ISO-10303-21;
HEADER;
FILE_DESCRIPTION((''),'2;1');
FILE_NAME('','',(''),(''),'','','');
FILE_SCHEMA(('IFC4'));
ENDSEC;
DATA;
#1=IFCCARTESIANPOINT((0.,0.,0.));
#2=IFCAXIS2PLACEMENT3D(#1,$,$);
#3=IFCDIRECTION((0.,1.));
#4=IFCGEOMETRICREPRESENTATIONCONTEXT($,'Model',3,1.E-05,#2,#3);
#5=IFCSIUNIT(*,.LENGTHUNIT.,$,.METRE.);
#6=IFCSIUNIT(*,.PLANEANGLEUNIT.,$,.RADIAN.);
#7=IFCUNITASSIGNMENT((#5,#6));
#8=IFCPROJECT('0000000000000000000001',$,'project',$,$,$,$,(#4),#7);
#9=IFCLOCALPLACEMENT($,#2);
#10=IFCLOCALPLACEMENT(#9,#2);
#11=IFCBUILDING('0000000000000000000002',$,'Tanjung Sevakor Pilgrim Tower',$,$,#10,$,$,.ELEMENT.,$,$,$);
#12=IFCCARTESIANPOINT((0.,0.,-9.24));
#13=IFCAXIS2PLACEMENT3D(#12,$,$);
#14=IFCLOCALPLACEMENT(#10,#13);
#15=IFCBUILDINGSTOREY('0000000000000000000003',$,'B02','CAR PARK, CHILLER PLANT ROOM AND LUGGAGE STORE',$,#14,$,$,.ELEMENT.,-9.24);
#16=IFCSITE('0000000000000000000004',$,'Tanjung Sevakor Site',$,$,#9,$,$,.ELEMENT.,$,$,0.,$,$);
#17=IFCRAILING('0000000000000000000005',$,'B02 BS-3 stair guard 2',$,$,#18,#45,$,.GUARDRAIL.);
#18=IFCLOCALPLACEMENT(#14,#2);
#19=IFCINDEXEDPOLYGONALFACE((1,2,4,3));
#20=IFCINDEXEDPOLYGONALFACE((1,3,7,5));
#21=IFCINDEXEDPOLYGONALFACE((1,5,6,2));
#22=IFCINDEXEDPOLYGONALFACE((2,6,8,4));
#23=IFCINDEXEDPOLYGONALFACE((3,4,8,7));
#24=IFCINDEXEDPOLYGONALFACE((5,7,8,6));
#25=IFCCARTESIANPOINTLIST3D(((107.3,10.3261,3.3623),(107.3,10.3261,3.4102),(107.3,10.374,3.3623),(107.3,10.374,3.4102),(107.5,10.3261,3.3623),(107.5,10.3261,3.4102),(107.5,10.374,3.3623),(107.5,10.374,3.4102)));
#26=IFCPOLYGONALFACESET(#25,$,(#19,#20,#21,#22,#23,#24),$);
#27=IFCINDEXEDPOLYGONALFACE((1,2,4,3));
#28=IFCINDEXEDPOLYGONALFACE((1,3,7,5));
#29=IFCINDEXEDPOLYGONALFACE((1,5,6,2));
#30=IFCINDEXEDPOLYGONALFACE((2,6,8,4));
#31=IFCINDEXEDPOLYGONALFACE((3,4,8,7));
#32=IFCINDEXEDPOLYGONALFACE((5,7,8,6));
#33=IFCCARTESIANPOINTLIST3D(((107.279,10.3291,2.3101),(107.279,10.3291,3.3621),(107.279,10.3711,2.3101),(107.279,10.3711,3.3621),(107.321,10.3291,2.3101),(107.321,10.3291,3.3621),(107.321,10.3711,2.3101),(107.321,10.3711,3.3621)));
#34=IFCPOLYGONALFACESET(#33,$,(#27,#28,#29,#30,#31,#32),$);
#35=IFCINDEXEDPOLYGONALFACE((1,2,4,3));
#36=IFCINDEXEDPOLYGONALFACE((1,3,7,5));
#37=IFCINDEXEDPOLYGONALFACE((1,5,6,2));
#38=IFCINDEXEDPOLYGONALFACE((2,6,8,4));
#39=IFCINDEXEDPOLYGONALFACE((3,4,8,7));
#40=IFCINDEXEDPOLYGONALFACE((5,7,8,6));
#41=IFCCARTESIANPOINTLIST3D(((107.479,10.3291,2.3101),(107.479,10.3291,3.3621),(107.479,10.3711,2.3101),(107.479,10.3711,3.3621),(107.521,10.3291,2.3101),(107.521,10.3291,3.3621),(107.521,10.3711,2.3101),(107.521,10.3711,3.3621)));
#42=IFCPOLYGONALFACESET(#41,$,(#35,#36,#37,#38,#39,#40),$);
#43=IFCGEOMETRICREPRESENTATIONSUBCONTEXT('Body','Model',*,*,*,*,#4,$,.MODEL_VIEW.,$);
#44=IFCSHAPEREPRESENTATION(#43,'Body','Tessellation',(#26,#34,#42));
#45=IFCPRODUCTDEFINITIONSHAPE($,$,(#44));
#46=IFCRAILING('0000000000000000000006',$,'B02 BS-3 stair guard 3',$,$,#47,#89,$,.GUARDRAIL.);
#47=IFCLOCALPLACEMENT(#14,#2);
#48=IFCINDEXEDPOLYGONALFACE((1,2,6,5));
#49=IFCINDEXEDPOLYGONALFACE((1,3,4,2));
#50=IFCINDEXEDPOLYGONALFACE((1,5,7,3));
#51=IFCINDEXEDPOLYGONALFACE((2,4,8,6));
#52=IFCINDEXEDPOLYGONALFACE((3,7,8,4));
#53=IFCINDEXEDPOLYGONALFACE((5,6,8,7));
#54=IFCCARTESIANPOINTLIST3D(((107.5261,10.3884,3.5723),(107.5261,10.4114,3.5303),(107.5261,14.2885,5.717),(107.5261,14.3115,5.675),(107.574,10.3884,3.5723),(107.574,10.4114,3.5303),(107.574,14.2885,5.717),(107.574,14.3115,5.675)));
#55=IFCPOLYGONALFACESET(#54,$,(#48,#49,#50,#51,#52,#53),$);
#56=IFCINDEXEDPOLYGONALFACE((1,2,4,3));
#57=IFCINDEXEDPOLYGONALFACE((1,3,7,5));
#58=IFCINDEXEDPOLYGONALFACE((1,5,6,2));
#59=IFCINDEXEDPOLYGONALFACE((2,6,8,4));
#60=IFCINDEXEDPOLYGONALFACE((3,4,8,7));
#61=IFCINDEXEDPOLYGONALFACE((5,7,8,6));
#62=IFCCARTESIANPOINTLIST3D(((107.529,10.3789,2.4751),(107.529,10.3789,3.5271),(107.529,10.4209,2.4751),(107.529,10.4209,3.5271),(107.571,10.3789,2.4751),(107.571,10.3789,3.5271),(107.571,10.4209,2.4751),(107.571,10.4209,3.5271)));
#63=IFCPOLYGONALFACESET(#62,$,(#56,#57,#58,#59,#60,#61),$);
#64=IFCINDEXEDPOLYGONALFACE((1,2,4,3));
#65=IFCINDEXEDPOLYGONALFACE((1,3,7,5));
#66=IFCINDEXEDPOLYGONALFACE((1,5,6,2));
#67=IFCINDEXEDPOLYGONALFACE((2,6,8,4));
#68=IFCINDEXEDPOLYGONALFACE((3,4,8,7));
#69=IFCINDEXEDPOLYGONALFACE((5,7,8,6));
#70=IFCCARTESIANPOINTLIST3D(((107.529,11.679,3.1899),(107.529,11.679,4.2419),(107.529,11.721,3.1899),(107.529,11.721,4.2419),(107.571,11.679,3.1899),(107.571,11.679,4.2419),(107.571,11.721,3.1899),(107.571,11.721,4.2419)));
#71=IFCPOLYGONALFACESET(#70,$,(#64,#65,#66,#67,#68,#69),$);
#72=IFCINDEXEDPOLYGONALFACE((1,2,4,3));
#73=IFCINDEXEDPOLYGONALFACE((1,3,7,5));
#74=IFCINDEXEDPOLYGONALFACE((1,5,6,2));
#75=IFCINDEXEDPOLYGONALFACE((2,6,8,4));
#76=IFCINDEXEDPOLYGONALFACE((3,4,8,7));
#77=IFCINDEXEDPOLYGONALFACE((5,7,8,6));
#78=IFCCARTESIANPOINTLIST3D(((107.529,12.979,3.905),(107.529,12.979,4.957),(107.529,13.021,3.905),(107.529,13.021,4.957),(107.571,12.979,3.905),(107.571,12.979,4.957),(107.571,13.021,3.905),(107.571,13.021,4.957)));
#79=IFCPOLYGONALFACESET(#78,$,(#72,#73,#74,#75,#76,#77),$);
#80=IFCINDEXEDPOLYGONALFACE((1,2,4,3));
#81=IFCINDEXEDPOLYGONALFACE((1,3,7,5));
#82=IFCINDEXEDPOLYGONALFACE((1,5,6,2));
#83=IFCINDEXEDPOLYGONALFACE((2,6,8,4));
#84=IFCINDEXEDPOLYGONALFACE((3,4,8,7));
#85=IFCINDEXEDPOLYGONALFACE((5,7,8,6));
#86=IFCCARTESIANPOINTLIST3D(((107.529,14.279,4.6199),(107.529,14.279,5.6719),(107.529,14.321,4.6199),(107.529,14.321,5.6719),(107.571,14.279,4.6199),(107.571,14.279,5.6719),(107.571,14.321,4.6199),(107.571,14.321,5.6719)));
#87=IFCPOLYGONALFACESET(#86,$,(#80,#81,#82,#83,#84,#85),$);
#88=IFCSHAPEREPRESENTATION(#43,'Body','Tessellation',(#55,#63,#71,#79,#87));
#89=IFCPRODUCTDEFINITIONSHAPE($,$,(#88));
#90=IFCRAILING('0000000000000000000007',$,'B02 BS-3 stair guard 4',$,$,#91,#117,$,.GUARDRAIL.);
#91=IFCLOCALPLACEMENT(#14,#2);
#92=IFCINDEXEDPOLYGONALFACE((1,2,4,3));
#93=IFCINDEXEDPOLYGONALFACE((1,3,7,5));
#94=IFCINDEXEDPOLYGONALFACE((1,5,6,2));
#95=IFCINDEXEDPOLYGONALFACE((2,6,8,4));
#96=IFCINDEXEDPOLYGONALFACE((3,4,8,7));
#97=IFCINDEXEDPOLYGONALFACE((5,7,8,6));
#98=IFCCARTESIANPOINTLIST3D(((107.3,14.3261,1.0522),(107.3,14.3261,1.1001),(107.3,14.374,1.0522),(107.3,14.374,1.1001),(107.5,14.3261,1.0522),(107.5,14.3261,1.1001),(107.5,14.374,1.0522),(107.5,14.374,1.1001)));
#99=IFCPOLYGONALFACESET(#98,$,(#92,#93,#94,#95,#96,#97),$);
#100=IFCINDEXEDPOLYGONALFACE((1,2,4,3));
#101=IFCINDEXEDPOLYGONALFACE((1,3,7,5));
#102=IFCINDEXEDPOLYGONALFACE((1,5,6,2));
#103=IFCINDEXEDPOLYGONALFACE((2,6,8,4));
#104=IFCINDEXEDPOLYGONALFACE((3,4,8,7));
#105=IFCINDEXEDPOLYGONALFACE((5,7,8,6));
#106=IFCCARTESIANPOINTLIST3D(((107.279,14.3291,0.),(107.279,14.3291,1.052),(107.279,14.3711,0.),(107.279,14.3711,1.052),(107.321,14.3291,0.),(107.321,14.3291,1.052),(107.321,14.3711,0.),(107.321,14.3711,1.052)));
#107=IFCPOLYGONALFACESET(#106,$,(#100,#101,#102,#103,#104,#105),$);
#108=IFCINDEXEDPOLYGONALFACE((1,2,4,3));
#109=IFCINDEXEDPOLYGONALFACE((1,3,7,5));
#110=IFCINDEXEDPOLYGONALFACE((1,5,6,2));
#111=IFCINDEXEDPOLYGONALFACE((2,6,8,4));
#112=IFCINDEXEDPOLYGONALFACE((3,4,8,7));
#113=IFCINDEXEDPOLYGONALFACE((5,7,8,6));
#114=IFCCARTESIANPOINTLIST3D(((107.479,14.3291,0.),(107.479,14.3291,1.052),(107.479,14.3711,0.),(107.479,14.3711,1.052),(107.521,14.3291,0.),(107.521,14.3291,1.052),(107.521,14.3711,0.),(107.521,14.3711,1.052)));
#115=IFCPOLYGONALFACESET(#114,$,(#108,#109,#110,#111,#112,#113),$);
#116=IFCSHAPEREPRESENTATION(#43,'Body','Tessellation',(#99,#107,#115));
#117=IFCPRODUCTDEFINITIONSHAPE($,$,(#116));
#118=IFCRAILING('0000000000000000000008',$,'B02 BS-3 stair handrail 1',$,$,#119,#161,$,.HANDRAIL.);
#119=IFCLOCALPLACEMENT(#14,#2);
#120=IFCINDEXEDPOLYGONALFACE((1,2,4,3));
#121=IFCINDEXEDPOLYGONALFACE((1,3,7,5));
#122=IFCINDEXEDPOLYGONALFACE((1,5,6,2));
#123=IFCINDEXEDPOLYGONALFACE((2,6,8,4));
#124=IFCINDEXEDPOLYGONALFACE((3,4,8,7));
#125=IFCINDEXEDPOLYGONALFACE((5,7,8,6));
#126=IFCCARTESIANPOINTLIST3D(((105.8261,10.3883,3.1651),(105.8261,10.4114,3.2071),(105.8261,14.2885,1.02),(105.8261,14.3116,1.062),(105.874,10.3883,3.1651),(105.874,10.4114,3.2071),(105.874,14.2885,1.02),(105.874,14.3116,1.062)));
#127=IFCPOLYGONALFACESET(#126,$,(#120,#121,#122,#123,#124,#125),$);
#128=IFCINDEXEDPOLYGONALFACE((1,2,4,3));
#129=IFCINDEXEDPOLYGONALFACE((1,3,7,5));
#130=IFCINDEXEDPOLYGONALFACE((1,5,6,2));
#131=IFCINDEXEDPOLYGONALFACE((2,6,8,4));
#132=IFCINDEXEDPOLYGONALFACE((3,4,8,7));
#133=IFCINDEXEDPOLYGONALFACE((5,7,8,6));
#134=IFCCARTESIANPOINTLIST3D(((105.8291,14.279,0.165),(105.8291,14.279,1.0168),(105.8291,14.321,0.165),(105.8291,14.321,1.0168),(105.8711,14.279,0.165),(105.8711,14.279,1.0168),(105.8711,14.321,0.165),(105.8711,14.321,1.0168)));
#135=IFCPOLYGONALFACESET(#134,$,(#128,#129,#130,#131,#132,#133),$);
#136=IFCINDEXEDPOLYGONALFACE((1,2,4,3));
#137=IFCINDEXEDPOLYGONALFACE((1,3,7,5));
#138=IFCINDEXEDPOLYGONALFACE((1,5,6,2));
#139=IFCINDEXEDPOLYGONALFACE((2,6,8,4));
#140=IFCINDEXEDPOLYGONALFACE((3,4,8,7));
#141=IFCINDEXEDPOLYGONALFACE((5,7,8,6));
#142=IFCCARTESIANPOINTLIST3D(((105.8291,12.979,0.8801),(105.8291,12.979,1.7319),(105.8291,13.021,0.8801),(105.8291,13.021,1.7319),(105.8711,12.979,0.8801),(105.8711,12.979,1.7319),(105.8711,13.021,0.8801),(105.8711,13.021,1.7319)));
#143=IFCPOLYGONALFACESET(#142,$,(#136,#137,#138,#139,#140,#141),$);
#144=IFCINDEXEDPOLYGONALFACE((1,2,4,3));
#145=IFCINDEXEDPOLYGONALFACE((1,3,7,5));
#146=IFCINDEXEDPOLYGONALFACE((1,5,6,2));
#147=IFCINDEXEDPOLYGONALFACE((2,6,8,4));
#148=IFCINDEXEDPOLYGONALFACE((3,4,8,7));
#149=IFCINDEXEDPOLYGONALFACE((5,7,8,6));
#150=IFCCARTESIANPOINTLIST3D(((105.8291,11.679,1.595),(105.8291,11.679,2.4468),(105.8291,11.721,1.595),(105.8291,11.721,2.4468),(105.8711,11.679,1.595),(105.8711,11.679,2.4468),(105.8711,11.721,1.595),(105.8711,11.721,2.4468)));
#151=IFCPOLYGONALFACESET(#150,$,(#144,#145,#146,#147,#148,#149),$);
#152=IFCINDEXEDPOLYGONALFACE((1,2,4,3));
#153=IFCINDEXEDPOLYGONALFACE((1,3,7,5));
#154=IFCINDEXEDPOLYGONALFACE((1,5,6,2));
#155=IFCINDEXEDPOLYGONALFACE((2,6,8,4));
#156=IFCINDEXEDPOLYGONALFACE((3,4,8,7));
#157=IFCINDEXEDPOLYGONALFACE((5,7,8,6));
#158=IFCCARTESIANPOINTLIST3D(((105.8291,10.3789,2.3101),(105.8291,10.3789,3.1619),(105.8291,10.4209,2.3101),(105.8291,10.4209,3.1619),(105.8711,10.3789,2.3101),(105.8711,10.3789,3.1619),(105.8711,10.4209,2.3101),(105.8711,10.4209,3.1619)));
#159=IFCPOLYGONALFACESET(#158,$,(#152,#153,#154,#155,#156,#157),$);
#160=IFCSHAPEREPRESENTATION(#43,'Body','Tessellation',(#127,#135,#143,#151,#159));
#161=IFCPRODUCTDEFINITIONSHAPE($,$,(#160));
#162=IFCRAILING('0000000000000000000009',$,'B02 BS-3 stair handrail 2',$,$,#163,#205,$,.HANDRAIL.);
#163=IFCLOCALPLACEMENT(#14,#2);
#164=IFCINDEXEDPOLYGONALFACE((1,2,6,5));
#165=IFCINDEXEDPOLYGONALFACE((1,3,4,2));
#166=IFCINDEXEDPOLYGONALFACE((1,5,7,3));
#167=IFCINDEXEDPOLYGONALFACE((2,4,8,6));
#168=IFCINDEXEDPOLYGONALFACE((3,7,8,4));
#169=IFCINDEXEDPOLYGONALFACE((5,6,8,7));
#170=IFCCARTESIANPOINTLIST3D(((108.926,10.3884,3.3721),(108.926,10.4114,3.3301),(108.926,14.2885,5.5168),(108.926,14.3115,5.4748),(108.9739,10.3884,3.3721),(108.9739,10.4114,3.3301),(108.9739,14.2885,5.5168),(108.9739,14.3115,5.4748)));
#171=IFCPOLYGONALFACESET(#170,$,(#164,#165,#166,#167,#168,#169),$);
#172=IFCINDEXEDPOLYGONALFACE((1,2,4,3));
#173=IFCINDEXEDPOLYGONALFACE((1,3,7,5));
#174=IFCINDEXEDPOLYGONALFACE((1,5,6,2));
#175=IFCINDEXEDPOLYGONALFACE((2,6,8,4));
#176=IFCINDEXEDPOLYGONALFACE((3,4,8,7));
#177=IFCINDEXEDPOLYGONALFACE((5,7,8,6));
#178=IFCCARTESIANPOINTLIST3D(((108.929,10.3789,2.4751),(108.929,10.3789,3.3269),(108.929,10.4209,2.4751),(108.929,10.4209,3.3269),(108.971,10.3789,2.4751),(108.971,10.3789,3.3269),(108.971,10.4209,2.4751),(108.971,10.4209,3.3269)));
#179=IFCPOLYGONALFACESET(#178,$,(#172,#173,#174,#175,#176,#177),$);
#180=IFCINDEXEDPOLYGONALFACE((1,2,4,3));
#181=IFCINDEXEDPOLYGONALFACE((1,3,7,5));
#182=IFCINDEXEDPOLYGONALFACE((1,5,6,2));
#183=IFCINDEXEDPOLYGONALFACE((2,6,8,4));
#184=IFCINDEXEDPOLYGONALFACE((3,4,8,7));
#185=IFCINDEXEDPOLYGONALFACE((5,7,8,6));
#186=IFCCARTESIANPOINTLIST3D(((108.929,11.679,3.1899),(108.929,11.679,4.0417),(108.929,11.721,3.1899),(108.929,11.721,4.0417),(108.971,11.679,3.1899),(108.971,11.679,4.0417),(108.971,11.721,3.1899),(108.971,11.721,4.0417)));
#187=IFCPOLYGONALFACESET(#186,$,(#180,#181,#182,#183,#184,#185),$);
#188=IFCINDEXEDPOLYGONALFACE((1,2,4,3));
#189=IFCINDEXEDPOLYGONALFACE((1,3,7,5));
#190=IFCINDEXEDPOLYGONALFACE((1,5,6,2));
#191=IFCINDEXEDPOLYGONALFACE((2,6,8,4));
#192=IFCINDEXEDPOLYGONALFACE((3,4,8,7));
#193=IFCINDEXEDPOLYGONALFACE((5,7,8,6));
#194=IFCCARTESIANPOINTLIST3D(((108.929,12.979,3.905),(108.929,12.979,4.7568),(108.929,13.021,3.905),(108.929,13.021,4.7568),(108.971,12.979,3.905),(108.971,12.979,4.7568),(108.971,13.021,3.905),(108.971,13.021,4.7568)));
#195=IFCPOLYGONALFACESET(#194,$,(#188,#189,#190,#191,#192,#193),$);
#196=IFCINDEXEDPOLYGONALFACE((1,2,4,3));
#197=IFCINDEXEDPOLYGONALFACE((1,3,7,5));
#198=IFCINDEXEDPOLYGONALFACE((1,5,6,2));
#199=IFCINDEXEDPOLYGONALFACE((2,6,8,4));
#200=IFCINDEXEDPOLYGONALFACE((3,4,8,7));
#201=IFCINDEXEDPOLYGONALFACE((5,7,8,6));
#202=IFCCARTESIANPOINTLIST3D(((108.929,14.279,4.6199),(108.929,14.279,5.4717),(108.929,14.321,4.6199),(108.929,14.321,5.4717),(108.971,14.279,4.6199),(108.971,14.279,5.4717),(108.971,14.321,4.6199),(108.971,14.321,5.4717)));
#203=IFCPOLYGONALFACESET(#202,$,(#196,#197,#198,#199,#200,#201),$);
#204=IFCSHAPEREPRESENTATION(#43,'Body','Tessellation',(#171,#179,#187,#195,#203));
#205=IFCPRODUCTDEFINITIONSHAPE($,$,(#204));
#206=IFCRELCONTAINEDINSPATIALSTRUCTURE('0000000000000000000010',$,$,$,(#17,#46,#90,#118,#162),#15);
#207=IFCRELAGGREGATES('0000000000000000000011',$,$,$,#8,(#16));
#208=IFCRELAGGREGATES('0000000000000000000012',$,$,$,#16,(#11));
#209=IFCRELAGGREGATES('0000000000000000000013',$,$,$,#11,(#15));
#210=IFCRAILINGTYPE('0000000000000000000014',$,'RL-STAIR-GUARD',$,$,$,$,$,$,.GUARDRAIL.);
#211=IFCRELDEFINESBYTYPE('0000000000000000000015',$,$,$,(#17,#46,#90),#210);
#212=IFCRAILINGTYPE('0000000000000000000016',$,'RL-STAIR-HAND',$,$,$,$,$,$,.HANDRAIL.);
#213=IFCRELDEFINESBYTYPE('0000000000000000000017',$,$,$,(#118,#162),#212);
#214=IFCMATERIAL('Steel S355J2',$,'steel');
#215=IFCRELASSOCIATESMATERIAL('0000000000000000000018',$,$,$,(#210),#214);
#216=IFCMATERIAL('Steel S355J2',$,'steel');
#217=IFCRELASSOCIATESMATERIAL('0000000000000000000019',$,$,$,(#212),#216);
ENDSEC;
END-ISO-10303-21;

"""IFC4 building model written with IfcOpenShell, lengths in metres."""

from ifc_helpers import new_model, si_unit, direction, frame, origin, place, context, subcontext, project, spatial, rectangle, extrude, material, type_object, element, save


model = new_model("IFC4")

# Units and contexts
model_context = context("Model", 3, precision=1e-05, world=origin(), true_north=direction((0.0, 1.0)))
body_context = subcontext(model_context, "Body", "Model", "MODEL_VIEW")
ifc_project = project(units=[si_unit("LENGTHUNIT", "METRE"), si_unit("PLANEANGLEUNIT", "RADIAN")], contexts=[model_context])

# Site, building, storey
site_placement = place(None, origin())
site = spatial("IfcSite", under=ifc_project, at=site_placement, Name="Tanjung Sevakor Site", CompositionType="ELEMENT", RefElevation=0.0)
building_placement = place(site_placement, origin())
building = spatial("IfcBuilding", under=site, at=building_placement, Name="Tanjung Sevakor Pilgrim Tower", CompositionType="ELEMENT")
storey_placement = place(building_placement, frame((0.0, 0.0, -9.24)))
storey = spatial("IfcBuildingStorey", under=building, at=storey_placement, Name="B02", Description="CAR PARK, CHILLER PLANT ROOM AND LUGGAGE STORE", CompositionType="ELEMENT", Elevation=-9.24)

# Railings
ifc_material_1 = material(Name="Steel S355J2", Category="steel")
railing_type_1 = type_object("IfcRailingType", Name="RL-STAIR-GUARD", PredefinedType="GUARDRAIL", material=ifc_material_1)
railing_1_placement = place(storey_placement, frame((107.3, 10.3501, 2.3101)))
element("IfcRailing", 1, at=railing_1_placement, inside=storey, type_object=railing_type_1, Name="B02 BS-3 stair guard 2", PredefinedType="GUARDRAIL", context=body_context, shape_type="SweptSolid", body=[
    extrude(rectangle(XDim=0.0479, YDim=0.0479), frame((0.0, 0.0, 1.0762), z_axis=(1.0, 0.0, 0.0), x_axis=(0.0, 1.0, 0.0)), (0.0, 0.0, 1.0), 0.2),
    extrude(rectangle(XDim=0.042, YDim=0.042), origin(), (0.0, 0.0, 1.0), 1.052),
    extrude(rectangle(XDim=0.042, YDim=0.042), frame((0.2, 0.0, 0.0)), (0.0, 0.0, 1.0), 1.052),
])
railing_2_placement = place(storey_placement, frame((107.55, 10.3999, 2.4751)))
element("IfcRailing", 2, at=railing_2_placement, inside=storey, type_object=railing_type_1, Name="B02 BS-3 stair guard 3", PredefinedType="GUARDRAIL", context=body_context, shape_type="SweptSolid", body=[
    extrude(rectangle(XDim=0.0479, YDim=0.0479), frame((0.0, 0.0, 1.0762), z_axis=(0.0, 0.876245, 0.481866), x_axis=(-1.0, 0.0, 0.0)), (0.0, 0.0, 1.0), 4.4509),
    extrude(rectangle(XDim=0.042, YDim=0.042), origin(), (0.0, 0.0, 1.0), 1.052),
    extrude(rectangle(XDim=0.042, YDim=0.042), frame((0.0, 1.3, 0.7148)), (0.0, 0.0, 1.0), 1.052),
    extrude(rectangle(XDim=0.042, YDim=0.042), frame((0.0, 2.6001, 1.4299)), (0.0, 0.0, 1.0), 1.052),
    extrude(rectangle(XDim=0.042, YDim=0.042), frame((0.0, 3.9001, 2.1448)), (0.0, 0.0, 1.0), 1.052),
])
railing_3_placement = place(storey_placement, frame((107.3, 14.3501, 0.0)))
element("IfcRailing", 3, at=railing_3_placement, inside=storey, type_object=railing_type_1, Name="B02 BS-3 stair guard 4", PredefinedType="GUARDRAIL", context=body_context, shape_type="SweptSolid", body=[
    extrude(rectangle(XDim=0.0479, YDim=0.0479), frame((0.0, 0.0, 1.0762), z_axis=(1.0, 0.0, 0.0), x_axis=(0.0, 1.0, 0.0)), (0.0, 0.0, 1.0), 0.2),
    extrude(rectangle(XDim=0.042, YDim=0.042), origin(), (0.0, 0.0, 1.0), 1.052),
    extrude(rectangle(XDim=0.042, YDim=0.042), frame((0.2, 0.0, 0.0)), (0.0, 0.0, 1.0), 1.052),
])
ifc_material_2 = material(Name="Steel S355J2", Category="steel")
railing_type_2 = type_object("IfcRailingType", Name="RL-STAIR-HAND", PredefinedType="HANDRAIL", material=ifc_material_2)
railing_4_placement = place(storey_placement, frame((105.8501, 14.3, 0.165)))
element("IfcRailing", 4, at=railing_4_placement, inside=storey, type_object=railing_type_2, Name="B02 BS-3 stair handrail 1", PredefinedType="HANDRAIL", context=body_context, shape_type="SweptSolid", body=[
    extrude(rectangle(XDim=0.0479, YDim=0.0479), frame((0.0, 0.0, 0.876), z_axis=(0.0, -0.876222, 0.481908), x_axis=(1.0, 0.0, 0.0)), (0.0, 0.0, 1.0), 4.4512),
    extrude(rectangle(XDim=0.042, YDim=0.042), origin(), (0.0, 0.0, 1.0), 0.8518),
    extrude(rectangle(XDim=0.042, YDim=0.042), frame((0.0, -1.3, 0.7151)), (0.0, 0.0, 1.0), 0.8518),
    extrude(rectangle(XDim=0.042, YDim=0.042), frame((0.0, -2.6001, 1.4299)), (0.0, 0.0, 1.0), 0.8518),
    extrude(rectangle(XDim=0.042, YDim=0.042), frame((0.0, -3.9001, 2.145)), (0.0, 0.0, 1.0), 0.8518),
])
railing_5_placement = place(storey_placement, frame((108.95, 10.3999, 2.4751)))
element("IfcRailing", 5, at=railing_5_placement, inside=storey, type_object=railing_type_2, Name="B02 BS-3 stair handrail 2", PredefinedType="HANDRAIL", context=body_context, shape_type="SweptSolid", body=[
    extrude(rectangle(XDim=0.0479, YDim=0.0479), frame((0.0, 0.0, 0.876), z_axis=(0.0, 0.876245, 0.481866), x_axis=(-1.0, 0.0, 0.0)), (0.0, 0.0, 1.0), 4.4509),
    extrude(rectangle(XDim=0.042, YDim=0.042), origin(), (0.0, 0.0, 1.0), 0.8518),
    extrude(rectangle(XDim=0.042, YDim=0.042), frame((0.0, 1.3, 0.7148)), (0.0, 0.0, 1.0), 0.8518),
    extrude(rectangle(XDim=0.042, YDim=0.042), frame((0.0, 2.6001, 1.4299)), (0.0, 0.0, 1.0), 0.8518),
    extrude(rectangle(XDim=0.042, YDim=0.042), frame((0.0, 3.9001, 2.1448)), (0.0, 0.0, 1.0), 0.8518),
])

save(model, "model.ifc")
